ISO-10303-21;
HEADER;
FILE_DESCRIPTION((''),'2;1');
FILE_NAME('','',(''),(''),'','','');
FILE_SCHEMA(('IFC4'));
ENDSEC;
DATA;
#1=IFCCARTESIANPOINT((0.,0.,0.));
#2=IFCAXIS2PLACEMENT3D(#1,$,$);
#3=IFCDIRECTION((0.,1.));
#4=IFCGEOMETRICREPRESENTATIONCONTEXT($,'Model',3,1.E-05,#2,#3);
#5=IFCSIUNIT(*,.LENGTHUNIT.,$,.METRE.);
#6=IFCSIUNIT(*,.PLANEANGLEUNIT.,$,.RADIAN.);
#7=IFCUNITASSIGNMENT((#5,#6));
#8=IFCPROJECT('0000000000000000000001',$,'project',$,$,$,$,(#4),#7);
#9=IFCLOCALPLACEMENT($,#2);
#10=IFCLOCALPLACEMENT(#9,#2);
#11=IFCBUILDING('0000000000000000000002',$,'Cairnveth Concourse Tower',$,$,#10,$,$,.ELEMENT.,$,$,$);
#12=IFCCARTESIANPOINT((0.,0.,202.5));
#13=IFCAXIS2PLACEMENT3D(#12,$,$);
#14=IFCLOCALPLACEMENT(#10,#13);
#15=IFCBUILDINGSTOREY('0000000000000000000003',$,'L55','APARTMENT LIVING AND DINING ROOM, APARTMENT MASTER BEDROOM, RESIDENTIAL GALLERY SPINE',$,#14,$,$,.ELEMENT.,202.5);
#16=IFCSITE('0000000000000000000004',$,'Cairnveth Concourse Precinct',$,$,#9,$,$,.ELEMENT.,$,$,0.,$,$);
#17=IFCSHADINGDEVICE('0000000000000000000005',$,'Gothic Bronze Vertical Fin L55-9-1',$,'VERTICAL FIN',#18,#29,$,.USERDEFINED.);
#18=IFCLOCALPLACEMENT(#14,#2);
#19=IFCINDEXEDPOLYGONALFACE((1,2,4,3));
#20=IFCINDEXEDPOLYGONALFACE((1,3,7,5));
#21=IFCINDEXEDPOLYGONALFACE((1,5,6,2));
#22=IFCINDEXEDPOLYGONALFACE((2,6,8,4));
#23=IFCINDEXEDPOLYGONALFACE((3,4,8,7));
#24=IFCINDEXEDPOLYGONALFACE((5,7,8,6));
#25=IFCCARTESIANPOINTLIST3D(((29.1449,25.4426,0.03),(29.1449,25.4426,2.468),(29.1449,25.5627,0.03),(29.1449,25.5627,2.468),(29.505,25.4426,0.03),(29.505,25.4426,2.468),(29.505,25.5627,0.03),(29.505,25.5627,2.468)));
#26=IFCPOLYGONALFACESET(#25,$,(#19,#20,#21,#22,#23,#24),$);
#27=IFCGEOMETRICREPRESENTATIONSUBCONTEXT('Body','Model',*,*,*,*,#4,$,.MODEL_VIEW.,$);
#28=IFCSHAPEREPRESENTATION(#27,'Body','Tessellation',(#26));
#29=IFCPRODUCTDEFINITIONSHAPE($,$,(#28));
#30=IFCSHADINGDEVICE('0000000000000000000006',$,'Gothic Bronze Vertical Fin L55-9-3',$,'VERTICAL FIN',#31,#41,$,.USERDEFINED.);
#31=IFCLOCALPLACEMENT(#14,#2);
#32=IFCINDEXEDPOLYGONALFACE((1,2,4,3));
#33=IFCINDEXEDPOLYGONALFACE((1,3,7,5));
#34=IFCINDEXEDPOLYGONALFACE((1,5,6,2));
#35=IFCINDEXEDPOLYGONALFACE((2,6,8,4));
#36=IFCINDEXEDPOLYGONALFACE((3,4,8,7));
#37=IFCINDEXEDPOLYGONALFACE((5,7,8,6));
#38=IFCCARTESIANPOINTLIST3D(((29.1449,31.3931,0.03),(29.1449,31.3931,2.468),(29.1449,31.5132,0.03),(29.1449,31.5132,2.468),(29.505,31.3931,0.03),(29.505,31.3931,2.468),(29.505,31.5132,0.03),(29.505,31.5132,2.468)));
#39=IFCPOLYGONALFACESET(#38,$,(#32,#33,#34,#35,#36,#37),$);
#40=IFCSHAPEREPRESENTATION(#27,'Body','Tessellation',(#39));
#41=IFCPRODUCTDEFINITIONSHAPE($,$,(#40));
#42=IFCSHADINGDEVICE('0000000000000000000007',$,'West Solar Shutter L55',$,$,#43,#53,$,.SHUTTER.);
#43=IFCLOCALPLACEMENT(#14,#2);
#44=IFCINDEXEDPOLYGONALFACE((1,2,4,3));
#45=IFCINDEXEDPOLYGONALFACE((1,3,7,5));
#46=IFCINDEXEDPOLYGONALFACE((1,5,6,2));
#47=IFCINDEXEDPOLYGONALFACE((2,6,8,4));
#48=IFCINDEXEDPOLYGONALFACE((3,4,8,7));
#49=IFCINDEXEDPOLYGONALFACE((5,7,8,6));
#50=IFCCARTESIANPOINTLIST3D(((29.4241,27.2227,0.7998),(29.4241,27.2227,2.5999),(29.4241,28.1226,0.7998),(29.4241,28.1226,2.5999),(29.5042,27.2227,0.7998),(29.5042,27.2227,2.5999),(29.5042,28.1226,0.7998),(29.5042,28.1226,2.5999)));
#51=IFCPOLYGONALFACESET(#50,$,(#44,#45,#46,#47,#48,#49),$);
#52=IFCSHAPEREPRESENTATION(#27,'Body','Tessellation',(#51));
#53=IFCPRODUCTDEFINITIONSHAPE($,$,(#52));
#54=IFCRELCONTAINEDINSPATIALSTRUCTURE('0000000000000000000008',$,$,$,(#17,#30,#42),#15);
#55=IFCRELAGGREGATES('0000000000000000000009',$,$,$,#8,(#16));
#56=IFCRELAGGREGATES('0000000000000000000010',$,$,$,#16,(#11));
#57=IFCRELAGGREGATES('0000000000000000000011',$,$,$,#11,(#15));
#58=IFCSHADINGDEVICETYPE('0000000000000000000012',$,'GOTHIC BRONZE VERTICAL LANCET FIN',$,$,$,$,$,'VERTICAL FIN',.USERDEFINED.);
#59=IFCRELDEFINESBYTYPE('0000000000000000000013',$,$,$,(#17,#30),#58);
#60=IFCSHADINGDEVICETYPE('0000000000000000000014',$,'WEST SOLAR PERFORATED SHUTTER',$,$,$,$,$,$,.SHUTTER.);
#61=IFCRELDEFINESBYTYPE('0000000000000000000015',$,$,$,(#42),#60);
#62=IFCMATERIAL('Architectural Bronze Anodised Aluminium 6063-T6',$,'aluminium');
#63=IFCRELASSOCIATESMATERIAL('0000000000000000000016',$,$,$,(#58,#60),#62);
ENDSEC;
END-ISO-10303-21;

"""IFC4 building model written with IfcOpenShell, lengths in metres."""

from ifc_helpers import new_model, si_unit, direction, frame, origin, origin_2d, place, context, subcontext, project, spatial, rectangle, extrude, material, type_object, element, save


model = new_model("IFC4")

# Units and contexts
model_context = context("Model", 3, precision=1e-05, world=origin(), true_north=direction((0.0, 1.0)))
body_context = subcontext(model_context, "Body", "Model", "MODEL_VIEW")
ifc_project = project(units=[si_unit("LENGTHUNIT", "METRE"), si_unit("PLANEANGLEUNIT", "RADIAN")], contexts=[model_context])

# Site, building, storey
site_placement = place(None, origin())
site = spatial("IfcSite", under=ifc_project, at=site_placement, Name="Cairnveth Concourse Precinct", CompositionType="ELEMENT", RefElevation=0.0)
building_placement = place(site_placement, origin())
building = spatial("IfcBuilding", under=site, at=building_placement, Name="Cairnveth Concourse Tower", CompositionType="ELEMENT")
storey_placement = place(building_placement, frame((0.0, 0.0, 202.5)))
storey = spatial("IfcBuildingStorey", under=building, at=storey_placement, Name="L55", Description="APARTMENT LIVING AND DINING ROOM, APARTMENT MASTER BEDROOM, RESIDENTIAL GALLERY SPINE", CompositionType="ELEMENT", Elevation=202.5)

# Shading devices
ifc_material_1 = material(Name="Architectural Bronze Anodised Aluminium 6063-T6", Category="aluminium")
shading_device_type_1 = type_object("IfcShadingDeviceType", Name="GOTHIC BRONZE VERTICAL LANCET FIN", ElementType="VERTICAL FIN", PredefinedType="USERDEFINED", material=ifc_material_1)
for number, where, z_axis, x_axis, name in (
    (1, (29.325, 25.5027, 0.03), (0.0, 0.0, 1.0), (0.0, 1.0, 0.0), "Gothic Bronze Vertical Fin L55-9-1"),
    (2, (29.325, 31.4531, 0.03), (0.0, 0.0, 1.0), (0.0, 1.0, 0.0), "Gothic Bronze Vertical Fin L55-9-3"),
):
    element("IfcShadingDevice", number, at=place(storey_placement, frame(where, z_axis=z_axis, x_axis=x_axis)), inside=storey, type_object=shading_device_type_1, Name=name, ObjectType="VERTICAL FIN", PredefinedType="USERDEFINED", context=body_context, shape_type="SweptSolid", body=[
        extrude(rectangle(XDim=0.1201, YDim=0.3601, at=origin_2d()), origin(), (0.0, 0.0, 1.0), 2.438),
    ])
shading_device_type_2 = type_object("IfcShadingDeviceType", Name="WEST SOLAR PERFORATED SHUTTER", PredefinedType="SHUTTER", material=ifc_material_1)
shading_device_placement = place(storey_placement, frame((29.4641, 27.6726, 0.7998), z_axis=(0.0, 0.0, 1.0), x_axis=(1.0, 0.0, 0.0)))
element("IfcShadingDevice", 3, at=shading_device_placement, inside=storey, type_object=shading_device_type_2, Name="West Solar Shutter L55", PredefinedType="SHUTTER", context=body_context, shape_type="SweptSolid", body=[
    extrude(rectangle(XDim=0.0801, YDim=0.8999, at=origin_2d()), origin(), (0.0, 0.0, 1.0), 1.8),
])

save(model, "model.ifc")
